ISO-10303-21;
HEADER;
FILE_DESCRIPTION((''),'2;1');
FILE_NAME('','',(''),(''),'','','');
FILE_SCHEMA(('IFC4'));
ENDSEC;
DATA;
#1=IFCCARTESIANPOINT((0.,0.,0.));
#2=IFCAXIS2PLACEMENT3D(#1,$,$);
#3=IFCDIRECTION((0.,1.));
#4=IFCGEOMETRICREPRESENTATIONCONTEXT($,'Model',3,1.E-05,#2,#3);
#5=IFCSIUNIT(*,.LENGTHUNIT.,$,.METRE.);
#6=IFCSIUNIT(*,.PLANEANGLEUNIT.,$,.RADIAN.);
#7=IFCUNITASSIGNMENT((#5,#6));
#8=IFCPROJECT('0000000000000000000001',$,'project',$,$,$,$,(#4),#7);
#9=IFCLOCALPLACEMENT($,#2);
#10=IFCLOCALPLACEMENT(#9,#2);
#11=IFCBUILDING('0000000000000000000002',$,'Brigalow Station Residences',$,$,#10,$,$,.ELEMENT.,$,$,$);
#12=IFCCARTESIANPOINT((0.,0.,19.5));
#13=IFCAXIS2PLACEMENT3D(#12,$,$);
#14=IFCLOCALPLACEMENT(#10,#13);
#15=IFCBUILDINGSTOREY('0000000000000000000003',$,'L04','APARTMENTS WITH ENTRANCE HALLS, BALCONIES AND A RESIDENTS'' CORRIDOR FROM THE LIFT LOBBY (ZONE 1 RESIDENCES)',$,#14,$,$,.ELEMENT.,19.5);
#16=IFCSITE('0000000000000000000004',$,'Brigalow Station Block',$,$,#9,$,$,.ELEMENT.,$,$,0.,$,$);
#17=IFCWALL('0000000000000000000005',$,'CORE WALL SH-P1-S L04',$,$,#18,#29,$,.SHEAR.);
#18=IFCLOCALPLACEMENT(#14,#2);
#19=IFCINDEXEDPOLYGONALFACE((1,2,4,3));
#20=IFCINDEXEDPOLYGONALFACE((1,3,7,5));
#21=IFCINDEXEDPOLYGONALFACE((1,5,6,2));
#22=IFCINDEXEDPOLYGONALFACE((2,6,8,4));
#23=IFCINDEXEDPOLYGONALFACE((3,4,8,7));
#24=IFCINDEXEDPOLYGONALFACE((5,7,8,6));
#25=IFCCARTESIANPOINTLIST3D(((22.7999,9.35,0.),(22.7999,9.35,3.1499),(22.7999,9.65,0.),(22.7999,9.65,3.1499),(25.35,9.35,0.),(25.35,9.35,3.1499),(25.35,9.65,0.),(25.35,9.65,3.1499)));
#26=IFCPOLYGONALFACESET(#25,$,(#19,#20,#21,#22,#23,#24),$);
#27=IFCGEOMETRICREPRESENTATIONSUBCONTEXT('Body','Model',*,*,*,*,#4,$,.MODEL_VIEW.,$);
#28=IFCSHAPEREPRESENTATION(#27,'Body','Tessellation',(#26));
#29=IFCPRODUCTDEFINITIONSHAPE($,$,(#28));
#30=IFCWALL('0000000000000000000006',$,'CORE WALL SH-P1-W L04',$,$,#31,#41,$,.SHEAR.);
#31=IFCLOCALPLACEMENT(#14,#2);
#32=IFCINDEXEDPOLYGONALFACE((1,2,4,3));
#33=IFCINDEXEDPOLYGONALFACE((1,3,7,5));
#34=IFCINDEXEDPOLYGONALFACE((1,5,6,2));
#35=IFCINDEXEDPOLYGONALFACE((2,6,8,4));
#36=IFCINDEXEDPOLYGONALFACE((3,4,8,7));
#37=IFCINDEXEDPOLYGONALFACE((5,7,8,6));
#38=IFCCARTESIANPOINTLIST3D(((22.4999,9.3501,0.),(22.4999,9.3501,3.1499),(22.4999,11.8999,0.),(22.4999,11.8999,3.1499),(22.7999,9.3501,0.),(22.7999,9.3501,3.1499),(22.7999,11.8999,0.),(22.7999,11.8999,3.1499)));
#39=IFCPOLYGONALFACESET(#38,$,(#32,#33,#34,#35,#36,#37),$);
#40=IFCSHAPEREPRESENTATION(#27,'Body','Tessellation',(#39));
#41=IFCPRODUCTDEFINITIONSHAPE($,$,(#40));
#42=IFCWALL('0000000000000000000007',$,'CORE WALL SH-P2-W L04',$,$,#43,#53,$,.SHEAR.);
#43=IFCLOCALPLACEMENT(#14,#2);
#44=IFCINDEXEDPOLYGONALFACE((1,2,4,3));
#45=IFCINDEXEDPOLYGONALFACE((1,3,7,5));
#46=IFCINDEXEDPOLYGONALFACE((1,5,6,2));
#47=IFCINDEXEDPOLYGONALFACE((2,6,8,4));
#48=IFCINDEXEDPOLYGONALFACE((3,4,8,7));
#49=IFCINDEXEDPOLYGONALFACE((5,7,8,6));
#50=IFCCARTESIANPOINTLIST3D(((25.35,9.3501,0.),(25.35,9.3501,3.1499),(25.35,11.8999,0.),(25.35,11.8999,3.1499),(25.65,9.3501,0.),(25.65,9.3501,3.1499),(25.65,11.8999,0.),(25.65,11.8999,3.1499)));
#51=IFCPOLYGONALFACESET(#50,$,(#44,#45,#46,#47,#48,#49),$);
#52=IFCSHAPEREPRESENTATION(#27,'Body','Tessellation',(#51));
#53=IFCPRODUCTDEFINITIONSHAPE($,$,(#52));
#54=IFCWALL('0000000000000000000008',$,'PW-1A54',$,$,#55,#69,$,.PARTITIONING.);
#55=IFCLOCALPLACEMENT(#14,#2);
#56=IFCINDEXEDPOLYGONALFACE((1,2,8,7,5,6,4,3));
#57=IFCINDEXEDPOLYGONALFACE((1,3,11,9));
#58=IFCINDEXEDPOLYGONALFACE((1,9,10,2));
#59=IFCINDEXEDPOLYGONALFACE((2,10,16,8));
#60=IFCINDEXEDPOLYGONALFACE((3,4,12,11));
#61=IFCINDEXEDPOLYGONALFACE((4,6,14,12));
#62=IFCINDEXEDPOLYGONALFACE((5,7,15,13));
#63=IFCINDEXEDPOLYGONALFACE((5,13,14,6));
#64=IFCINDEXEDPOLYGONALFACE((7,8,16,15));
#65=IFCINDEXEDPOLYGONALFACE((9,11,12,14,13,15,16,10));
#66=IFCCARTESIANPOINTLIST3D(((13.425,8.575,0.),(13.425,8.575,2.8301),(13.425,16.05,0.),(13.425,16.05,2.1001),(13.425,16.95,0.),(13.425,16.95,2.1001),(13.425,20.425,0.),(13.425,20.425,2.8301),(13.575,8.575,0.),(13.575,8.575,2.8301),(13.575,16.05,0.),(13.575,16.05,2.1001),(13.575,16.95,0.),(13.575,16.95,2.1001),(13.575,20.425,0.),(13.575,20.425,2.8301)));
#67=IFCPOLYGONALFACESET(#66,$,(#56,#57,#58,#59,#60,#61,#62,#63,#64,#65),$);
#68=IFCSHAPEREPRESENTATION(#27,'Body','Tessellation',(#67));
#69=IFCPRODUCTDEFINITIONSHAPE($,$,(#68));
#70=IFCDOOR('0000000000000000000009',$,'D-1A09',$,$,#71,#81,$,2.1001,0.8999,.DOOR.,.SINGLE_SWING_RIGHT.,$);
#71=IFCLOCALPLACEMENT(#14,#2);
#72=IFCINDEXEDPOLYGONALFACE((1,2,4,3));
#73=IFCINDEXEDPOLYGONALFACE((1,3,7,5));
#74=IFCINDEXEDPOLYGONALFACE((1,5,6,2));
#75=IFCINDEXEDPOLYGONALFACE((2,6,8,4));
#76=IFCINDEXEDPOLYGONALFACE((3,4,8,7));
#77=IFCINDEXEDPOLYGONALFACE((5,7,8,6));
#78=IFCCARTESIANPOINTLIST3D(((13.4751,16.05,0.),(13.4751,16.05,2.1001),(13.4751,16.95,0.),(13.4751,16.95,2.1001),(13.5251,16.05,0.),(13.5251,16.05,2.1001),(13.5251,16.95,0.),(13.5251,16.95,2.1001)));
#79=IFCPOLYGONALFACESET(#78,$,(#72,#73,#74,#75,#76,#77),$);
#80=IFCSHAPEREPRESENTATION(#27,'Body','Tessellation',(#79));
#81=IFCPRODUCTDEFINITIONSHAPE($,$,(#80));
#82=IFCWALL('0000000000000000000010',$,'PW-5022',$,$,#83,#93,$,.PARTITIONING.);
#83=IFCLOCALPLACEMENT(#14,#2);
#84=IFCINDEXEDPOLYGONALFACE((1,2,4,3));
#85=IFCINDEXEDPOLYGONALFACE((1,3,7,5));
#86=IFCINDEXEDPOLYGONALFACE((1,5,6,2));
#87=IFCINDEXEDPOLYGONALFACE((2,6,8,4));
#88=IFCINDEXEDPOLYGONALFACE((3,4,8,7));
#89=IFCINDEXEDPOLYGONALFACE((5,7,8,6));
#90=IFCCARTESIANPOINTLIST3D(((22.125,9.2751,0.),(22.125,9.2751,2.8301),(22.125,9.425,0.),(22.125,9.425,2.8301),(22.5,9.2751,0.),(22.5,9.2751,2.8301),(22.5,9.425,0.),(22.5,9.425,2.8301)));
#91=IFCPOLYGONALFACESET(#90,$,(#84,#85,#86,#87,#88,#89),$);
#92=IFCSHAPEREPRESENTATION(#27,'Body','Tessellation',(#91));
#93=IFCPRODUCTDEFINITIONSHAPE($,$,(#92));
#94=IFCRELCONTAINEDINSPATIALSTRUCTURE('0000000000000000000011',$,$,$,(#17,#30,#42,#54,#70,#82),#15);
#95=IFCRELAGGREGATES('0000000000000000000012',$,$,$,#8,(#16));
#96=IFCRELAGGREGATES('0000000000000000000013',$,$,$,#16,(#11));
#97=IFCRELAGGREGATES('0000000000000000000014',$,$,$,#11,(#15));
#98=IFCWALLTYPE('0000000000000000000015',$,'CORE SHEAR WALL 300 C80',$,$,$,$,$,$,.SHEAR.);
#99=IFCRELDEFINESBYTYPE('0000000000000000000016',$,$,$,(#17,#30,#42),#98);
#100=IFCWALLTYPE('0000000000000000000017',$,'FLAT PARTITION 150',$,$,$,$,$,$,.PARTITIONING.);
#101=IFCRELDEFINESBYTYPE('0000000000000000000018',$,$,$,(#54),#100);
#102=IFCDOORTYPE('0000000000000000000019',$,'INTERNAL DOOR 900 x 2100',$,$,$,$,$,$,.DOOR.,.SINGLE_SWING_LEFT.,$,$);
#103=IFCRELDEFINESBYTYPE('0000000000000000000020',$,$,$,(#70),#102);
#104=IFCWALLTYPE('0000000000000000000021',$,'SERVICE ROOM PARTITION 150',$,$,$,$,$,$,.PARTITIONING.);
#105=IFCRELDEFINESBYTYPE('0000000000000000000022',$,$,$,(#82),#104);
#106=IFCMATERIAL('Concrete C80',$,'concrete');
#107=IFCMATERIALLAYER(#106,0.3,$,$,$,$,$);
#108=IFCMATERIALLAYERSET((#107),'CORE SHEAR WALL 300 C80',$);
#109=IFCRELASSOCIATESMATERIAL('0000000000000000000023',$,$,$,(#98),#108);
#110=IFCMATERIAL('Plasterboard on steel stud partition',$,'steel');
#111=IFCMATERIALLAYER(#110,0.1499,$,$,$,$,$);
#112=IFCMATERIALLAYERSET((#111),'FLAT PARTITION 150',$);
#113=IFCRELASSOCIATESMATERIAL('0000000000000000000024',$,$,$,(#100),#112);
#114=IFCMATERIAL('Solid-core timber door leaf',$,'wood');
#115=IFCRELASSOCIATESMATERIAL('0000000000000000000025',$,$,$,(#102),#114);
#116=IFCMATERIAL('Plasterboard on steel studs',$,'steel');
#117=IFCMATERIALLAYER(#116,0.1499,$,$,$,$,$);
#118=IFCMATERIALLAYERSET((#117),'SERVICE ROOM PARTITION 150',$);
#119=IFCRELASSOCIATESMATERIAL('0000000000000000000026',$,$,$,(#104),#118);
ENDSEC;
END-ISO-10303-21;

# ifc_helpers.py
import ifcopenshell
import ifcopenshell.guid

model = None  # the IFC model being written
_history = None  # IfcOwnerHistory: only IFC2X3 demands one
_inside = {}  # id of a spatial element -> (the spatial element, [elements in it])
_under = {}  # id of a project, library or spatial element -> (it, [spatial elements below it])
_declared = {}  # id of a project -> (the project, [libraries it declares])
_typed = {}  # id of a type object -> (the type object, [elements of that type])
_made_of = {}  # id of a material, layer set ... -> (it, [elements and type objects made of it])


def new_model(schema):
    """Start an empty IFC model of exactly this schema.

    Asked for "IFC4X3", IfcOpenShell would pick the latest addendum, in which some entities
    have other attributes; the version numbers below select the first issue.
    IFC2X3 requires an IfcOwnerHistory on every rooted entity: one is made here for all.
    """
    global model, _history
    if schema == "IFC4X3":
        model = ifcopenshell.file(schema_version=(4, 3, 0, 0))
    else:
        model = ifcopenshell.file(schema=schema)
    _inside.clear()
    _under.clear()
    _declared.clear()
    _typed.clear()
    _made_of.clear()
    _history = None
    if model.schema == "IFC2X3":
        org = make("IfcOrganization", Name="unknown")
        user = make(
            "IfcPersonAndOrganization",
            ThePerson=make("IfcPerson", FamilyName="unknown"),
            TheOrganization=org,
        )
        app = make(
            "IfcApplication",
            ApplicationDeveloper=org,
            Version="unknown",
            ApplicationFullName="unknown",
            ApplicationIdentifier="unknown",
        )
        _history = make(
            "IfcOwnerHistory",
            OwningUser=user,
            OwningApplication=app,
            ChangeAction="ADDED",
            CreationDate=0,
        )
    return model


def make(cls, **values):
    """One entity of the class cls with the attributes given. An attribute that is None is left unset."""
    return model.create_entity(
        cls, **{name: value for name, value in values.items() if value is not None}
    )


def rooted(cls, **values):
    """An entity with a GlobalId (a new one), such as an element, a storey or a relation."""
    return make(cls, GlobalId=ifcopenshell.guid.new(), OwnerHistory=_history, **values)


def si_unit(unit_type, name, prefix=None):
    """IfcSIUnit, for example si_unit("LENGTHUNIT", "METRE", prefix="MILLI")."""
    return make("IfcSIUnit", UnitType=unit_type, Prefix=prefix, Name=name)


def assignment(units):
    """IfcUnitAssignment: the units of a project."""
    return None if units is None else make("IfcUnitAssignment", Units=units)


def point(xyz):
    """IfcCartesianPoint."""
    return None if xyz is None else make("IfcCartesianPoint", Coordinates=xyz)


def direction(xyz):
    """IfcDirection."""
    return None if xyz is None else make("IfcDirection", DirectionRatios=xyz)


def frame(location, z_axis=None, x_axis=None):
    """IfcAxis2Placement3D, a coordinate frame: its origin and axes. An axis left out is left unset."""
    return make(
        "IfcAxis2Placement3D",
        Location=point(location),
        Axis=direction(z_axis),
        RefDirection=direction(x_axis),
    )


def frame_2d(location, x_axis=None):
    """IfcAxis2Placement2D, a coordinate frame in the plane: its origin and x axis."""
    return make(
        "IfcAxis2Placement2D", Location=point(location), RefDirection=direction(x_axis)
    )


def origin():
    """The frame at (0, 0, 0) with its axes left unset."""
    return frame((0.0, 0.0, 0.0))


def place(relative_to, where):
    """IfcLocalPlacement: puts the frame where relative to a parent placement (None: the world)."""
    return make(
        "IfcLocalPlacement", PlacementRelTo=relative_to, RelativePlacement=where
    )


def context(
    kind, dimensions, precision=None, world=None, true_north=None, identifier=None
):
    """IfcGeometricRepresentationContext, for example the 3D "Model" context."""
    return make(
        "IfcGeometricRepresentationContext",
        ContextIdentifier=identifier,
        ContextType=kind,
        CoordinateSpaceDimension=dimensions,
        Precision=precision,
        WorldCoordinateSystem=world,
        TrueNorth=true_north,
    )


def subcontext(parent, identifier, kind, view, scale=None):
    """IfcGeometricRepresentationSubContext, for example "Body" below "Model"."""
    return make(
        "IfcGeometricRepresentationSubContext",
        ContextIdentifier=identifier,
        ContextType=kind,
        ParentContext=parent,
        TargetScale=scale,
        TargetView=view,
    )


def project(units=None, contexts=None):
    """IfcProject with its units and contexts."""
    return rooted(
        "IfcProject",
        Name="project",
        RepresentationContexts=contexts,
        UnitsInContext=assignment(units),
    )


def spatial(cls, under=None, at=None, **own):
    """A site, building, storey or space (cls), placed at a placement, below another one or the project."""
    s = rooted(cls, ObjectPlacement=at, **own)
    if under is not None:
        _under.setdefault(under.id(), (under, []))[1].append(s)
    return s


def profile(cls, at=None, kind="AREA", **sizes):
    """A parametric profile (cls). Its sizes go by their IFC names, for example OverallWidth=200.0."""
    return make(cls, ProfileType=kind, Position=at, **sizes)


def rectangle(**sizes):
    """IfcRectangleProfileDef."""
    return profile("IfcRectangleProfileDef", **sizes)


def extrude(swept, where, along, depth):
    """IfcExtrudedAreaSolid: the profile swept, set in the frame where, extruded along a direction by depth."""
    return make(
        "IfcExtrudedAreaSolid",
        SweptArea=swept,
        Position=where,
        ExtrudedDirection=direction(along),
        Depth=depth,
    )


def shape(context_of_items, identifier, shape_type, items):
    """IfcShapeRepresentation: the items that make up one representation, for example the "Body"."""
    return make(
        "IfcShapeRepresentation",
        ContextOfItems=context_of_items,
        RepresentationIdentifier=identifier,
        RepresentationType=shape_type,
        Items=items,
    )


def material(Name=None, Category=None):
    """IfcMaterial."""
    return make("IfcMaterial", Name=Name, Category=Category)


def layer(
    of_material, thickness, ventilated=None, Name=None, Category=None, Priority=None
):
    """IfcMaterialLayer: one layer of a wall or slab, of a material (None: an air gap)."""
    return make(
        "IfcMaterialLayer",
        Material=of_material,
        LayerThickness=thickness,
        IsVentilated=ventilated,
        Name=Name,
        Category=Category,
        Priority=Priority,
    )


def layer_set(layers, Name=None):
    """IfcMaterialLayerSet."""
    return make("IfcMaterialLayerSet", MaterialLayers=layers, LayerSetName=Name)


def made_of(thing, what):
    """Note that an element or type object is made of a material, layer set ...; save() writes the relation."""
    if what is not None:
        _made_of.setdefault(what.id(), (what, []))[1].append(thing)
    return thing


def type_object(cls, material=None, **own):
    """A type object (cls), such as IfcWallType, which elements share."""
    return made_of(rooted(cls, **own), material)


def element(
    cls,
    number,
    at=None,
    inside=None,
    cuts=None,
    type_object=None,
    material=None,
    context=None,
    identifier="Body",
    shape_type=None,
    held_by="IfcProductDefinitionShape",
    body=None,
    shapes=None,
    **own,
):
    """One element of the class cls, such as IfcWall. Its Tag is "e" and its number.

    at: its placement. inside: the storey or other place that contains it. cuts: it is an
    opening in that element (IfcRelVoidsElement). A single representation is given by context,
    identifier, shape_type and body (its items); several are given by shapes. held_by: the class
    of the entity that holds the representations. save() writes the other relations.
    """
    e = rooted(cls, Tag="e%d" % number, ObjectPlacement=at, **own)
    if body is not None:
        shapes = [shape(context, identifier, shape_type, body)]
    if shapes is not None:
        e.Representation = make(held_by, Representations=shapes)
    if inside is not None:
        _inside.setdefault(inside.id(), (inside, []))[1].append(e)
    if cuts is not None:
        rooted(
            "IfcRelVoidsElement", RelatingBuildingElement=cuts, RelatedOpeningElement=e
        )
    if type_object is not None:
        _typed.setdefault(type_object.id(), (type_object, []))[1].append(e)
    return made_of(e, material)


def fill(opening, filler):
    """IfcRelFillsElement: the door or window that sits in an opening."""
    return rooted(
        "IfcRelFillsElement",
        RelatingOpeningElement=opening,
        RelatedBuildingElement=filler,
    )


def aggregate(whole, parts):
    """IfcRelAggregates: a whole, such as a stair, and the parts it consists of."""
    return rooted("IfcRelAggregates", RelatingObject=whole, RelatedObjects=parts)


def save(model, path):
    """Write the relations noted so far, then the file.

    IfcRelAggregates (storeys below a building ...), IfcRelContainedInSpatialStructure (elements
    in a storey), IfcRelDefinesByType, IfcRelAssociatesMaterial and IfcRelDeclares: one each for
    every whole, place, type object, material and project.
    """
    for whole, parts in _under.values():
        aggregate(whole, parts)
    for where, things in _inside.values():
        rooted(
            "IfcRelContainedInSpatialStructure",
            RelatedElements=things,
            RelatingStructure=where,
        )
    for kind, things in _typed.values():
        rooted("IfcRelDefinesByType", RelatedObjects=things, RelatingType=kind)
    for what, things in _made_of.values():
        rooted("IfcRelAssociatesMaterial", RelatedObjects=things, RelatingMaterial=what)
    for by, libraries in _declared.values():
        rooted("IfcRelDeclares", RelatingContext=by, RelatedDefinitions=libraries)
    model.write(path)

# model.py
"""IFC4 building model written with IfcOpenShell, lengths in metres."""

from ifc_helpers import new_model, si_unit, direction, frame, frame_2d, origin, place, context, subcontext, project, spatial, rectangle, extrude, material, layer, layer_set, type_object, element, fill, save


model = new_model("IFC4")

# Units and contexts
model_context = context("Model", 3, precision=1e-05, world=origin(), true_north=direction((0.0, 1.0)))
body_context = subcontext(model_context, "Body", "Model", "MODEL_VIEW")
ifc_project = project(units=[si_unit("LENGTHUNIT", "METRE"), si_unit("PLANEANGLEUNIT", "RADIAN")], contexts=[model_context])

# Site, building, storey
site_placement = place(None, origin())
site = spatial("IfcSite", under=ifc_project, at=site_placement, Name="Brigalow Station Block", CompositionType="ELEMENT", RefElevation=0.0)
building_placement = place(site_placement, origin())
building = spatial("IfcBuilding", under=site, at=building_placement, Name="Brigalow Station Residences", CompositionType="ELEMENT")
storey_placement = place(building_placement, frame((0.0, 0.0, 19.5)))
storey = spatial("IfcBuildingStorey", under=building, at=storey_placement, Name="L04", Description="APARTMENTS WITH ENTRANCE HALLS, BALCONIES AND A RESIDENTS' CORRIDOR FROM THE LIFT LOBBY (ZONE 1 RESIDENCES)", CompositionType="ELEMENT", Elevation=19.5)

# Walls
ifc_material_1 = material(Name="Concrete C80", Category="concrete")
ifc_layer_1 = layer(ifc_material_1, 0.3)
ifc_layer_set_1 = layer_set([ifc_layer_1], Name="CORE SHEAR WALL 300 C80")
wall_type_1 = type_object("IfcWallType", Name="CORE SHEAR WALL 300 C80", PredefinedType="SHEAR", material=ifc_layer_set_1)
wall_1_placement = place(storey_placement, frame((22.8, 9.5, 0.0), z_axis=(0.0, 0.0, 1.0), x_axis=(1.0, 0.0, 0.0)))
element("IfcWall", 1, at=wall_1_placement, inside=storey, type_object=wall_type_1, Name="CORE WALL SH-P1-S L04", PredefinedType="SHEAR", context=body_context, shape_type="SweptSolid", body=[
    extrude(rectangle(XDim=2.55, YDim=0.3, at=frame_2d((1.2749, 0.0))), origin(), (0.0, 0.0, 1.0), 3.1499),
])
for number, where, z_axis, x_axis, name in (
    (2, (22.6499, 9.3501, 0.0), (0.0, 0.0, 1.0), (0.0, 1.0, 0.0), "CORE WALL SH-P1-W L04"),
    (3, (25.5, 9.3501, 0.0), (0.0, 0.0, 1.0), (0.0, 1.0, 0.0), "CORE WALL SH-P2-W L04"),
):
    element("IfcWall", number, at=place(storey_placement, frame(where, z_axis=z_axis, x_axis=x_axis)), inside=storey, type_object=wall_type_1, Name=name, PredefinedType="SHEAR", context=body_context, shape_type="SweptSolid", body=[
        extrude(rectangle(XDim=2.5498, YDim=0.3, at=frame_2d((1.2749, 0.0))), origin(), (0.0, 0.0, 1.0), 3.1499),
    ])

# Wall, opening, door
ifc_material_2 = material(Name="Plasterboard on steel stud partition", Category="steel")
ifc_layer_2 = layer(ifc_material_2, 0.1499)
ifc_layer_set_2 = layer_set([ifc_layer_2], Name="FLAT PARTITION 150")
wall_type_2 = type_object("IfcWallType", Name="FLAT PARTITION 150", PredefinedType="PARTITIONING", material=ifc_layer_set_2)
wall_2_placement = place(storey_placement, frame((13.5, 8.575, 0.0), z_axis=(0.0, 0.0, 1.0), x_axis=(0.0, 1.0, 0.0)))
wall_2 = element("IfcWall", 4, at=wall_2_placement, inside=storey, type_object=wall_type_2, Name="PW-1A54", PredefinedType="PARTITIONING", context=body_context, shape_type="SweptSolid", body=[
    extrude(rectangle(XDim=11.8501, YDim=0.1499, at=frame_2d((5.925, 0.0))), origin(), (0.0, 0.0, 1.0), 2.8301),
])
opening_1_placement = place(wall_2_placement, frame((7.4751, 0.0, 0.0)))
opening_1 = element("IfcOpeningElement", 5, at=opening_1_placement, cuts=wall_2, PredefinedType="OPENING", context=body_context, shape_type="SweptSolid", body=[
    extrude(rectangle(XDim=0.8999, YDim=2.1001, at=frame_2d((0.45, 1.05))), frame((0.0, 0.085, 0.0), z_axis=(0.0, -1.0, 0.0), x_axis=(1.0, 0.0, 0.0)), (0.0, 0.0, 1.0), 0.1699),
])
ifc_material_3 = material(Name="Solid-core timber door leaf", Category="wood")
door_type_1 = type_object("IfcDoorType", Name="INTERNAL DOOR 900 x 2100", OperationType="SINGLE_SWING_LEFT", PredefinedType="DOOR", material=ifc_material_3)
door_1_placement = place(opening_1_placement, origin())
door_1 = element("IfcDoor", 6, at=door_1_placement, inside=storey, type_object=door_type_1, Name="D-1A09", OperationType="SINGLE_SWING_RIGHT", OverallHeight=2.1001, OverallWidth=0.8999, PredefinedType="DOOR", context=body_context, shape_type="SweptSolid", body=[
    extrude(rectangle(XDim=0.8999, YDim=2.1001, at=frame_2d((0.45, 1.05))), frame((0.0, 0.0249, 0.0), z_axis=(0.0, -1.0, 0.0), x_axis=(1.0, 0.0, 0.0)), (0.0, 0.0, 1.0), 0.05),
])
fill(opening_1, door_1)

# Wall
ifc_material_4 = material(Name="Plasterboard on steel studs", Category="steel")
ifc_layer_3 = layer(ifc_material_4, 0.1499)
ifc_layer_set_3 = layer_set([ifc_layer_3], Name="SERVICE ROOM PARTITION 150")
wall_type_3 = type_object("IfcWallType", Name="SERVICE ROOM PARTITION 150", PredefinedType="PARTITIONING", material=ifc_layer_set_3)
wall_3_placement = place(storey_placement, frame((22.125, 9.3501, 0.0), z_axis=(0.0, 0.0, 1.0), x_axis=(1.0, 0.0, 0.0)))
element("IfcWall", 7, at=wall_3_placement, inside=storey, type_object=wall_type_3, Name="PW-5022", PredefinedType="PARTITIONING", context=body_context, shape_type="SweptSolid", body=[
    extrude(rectangle(XDim=0.375, YDim=0.1499, at=frame_2d((0.1875, 0.0))), origin(), (0.0, 0.0, 1.0), 2.8301),
])

save(model, "model.ifc")
